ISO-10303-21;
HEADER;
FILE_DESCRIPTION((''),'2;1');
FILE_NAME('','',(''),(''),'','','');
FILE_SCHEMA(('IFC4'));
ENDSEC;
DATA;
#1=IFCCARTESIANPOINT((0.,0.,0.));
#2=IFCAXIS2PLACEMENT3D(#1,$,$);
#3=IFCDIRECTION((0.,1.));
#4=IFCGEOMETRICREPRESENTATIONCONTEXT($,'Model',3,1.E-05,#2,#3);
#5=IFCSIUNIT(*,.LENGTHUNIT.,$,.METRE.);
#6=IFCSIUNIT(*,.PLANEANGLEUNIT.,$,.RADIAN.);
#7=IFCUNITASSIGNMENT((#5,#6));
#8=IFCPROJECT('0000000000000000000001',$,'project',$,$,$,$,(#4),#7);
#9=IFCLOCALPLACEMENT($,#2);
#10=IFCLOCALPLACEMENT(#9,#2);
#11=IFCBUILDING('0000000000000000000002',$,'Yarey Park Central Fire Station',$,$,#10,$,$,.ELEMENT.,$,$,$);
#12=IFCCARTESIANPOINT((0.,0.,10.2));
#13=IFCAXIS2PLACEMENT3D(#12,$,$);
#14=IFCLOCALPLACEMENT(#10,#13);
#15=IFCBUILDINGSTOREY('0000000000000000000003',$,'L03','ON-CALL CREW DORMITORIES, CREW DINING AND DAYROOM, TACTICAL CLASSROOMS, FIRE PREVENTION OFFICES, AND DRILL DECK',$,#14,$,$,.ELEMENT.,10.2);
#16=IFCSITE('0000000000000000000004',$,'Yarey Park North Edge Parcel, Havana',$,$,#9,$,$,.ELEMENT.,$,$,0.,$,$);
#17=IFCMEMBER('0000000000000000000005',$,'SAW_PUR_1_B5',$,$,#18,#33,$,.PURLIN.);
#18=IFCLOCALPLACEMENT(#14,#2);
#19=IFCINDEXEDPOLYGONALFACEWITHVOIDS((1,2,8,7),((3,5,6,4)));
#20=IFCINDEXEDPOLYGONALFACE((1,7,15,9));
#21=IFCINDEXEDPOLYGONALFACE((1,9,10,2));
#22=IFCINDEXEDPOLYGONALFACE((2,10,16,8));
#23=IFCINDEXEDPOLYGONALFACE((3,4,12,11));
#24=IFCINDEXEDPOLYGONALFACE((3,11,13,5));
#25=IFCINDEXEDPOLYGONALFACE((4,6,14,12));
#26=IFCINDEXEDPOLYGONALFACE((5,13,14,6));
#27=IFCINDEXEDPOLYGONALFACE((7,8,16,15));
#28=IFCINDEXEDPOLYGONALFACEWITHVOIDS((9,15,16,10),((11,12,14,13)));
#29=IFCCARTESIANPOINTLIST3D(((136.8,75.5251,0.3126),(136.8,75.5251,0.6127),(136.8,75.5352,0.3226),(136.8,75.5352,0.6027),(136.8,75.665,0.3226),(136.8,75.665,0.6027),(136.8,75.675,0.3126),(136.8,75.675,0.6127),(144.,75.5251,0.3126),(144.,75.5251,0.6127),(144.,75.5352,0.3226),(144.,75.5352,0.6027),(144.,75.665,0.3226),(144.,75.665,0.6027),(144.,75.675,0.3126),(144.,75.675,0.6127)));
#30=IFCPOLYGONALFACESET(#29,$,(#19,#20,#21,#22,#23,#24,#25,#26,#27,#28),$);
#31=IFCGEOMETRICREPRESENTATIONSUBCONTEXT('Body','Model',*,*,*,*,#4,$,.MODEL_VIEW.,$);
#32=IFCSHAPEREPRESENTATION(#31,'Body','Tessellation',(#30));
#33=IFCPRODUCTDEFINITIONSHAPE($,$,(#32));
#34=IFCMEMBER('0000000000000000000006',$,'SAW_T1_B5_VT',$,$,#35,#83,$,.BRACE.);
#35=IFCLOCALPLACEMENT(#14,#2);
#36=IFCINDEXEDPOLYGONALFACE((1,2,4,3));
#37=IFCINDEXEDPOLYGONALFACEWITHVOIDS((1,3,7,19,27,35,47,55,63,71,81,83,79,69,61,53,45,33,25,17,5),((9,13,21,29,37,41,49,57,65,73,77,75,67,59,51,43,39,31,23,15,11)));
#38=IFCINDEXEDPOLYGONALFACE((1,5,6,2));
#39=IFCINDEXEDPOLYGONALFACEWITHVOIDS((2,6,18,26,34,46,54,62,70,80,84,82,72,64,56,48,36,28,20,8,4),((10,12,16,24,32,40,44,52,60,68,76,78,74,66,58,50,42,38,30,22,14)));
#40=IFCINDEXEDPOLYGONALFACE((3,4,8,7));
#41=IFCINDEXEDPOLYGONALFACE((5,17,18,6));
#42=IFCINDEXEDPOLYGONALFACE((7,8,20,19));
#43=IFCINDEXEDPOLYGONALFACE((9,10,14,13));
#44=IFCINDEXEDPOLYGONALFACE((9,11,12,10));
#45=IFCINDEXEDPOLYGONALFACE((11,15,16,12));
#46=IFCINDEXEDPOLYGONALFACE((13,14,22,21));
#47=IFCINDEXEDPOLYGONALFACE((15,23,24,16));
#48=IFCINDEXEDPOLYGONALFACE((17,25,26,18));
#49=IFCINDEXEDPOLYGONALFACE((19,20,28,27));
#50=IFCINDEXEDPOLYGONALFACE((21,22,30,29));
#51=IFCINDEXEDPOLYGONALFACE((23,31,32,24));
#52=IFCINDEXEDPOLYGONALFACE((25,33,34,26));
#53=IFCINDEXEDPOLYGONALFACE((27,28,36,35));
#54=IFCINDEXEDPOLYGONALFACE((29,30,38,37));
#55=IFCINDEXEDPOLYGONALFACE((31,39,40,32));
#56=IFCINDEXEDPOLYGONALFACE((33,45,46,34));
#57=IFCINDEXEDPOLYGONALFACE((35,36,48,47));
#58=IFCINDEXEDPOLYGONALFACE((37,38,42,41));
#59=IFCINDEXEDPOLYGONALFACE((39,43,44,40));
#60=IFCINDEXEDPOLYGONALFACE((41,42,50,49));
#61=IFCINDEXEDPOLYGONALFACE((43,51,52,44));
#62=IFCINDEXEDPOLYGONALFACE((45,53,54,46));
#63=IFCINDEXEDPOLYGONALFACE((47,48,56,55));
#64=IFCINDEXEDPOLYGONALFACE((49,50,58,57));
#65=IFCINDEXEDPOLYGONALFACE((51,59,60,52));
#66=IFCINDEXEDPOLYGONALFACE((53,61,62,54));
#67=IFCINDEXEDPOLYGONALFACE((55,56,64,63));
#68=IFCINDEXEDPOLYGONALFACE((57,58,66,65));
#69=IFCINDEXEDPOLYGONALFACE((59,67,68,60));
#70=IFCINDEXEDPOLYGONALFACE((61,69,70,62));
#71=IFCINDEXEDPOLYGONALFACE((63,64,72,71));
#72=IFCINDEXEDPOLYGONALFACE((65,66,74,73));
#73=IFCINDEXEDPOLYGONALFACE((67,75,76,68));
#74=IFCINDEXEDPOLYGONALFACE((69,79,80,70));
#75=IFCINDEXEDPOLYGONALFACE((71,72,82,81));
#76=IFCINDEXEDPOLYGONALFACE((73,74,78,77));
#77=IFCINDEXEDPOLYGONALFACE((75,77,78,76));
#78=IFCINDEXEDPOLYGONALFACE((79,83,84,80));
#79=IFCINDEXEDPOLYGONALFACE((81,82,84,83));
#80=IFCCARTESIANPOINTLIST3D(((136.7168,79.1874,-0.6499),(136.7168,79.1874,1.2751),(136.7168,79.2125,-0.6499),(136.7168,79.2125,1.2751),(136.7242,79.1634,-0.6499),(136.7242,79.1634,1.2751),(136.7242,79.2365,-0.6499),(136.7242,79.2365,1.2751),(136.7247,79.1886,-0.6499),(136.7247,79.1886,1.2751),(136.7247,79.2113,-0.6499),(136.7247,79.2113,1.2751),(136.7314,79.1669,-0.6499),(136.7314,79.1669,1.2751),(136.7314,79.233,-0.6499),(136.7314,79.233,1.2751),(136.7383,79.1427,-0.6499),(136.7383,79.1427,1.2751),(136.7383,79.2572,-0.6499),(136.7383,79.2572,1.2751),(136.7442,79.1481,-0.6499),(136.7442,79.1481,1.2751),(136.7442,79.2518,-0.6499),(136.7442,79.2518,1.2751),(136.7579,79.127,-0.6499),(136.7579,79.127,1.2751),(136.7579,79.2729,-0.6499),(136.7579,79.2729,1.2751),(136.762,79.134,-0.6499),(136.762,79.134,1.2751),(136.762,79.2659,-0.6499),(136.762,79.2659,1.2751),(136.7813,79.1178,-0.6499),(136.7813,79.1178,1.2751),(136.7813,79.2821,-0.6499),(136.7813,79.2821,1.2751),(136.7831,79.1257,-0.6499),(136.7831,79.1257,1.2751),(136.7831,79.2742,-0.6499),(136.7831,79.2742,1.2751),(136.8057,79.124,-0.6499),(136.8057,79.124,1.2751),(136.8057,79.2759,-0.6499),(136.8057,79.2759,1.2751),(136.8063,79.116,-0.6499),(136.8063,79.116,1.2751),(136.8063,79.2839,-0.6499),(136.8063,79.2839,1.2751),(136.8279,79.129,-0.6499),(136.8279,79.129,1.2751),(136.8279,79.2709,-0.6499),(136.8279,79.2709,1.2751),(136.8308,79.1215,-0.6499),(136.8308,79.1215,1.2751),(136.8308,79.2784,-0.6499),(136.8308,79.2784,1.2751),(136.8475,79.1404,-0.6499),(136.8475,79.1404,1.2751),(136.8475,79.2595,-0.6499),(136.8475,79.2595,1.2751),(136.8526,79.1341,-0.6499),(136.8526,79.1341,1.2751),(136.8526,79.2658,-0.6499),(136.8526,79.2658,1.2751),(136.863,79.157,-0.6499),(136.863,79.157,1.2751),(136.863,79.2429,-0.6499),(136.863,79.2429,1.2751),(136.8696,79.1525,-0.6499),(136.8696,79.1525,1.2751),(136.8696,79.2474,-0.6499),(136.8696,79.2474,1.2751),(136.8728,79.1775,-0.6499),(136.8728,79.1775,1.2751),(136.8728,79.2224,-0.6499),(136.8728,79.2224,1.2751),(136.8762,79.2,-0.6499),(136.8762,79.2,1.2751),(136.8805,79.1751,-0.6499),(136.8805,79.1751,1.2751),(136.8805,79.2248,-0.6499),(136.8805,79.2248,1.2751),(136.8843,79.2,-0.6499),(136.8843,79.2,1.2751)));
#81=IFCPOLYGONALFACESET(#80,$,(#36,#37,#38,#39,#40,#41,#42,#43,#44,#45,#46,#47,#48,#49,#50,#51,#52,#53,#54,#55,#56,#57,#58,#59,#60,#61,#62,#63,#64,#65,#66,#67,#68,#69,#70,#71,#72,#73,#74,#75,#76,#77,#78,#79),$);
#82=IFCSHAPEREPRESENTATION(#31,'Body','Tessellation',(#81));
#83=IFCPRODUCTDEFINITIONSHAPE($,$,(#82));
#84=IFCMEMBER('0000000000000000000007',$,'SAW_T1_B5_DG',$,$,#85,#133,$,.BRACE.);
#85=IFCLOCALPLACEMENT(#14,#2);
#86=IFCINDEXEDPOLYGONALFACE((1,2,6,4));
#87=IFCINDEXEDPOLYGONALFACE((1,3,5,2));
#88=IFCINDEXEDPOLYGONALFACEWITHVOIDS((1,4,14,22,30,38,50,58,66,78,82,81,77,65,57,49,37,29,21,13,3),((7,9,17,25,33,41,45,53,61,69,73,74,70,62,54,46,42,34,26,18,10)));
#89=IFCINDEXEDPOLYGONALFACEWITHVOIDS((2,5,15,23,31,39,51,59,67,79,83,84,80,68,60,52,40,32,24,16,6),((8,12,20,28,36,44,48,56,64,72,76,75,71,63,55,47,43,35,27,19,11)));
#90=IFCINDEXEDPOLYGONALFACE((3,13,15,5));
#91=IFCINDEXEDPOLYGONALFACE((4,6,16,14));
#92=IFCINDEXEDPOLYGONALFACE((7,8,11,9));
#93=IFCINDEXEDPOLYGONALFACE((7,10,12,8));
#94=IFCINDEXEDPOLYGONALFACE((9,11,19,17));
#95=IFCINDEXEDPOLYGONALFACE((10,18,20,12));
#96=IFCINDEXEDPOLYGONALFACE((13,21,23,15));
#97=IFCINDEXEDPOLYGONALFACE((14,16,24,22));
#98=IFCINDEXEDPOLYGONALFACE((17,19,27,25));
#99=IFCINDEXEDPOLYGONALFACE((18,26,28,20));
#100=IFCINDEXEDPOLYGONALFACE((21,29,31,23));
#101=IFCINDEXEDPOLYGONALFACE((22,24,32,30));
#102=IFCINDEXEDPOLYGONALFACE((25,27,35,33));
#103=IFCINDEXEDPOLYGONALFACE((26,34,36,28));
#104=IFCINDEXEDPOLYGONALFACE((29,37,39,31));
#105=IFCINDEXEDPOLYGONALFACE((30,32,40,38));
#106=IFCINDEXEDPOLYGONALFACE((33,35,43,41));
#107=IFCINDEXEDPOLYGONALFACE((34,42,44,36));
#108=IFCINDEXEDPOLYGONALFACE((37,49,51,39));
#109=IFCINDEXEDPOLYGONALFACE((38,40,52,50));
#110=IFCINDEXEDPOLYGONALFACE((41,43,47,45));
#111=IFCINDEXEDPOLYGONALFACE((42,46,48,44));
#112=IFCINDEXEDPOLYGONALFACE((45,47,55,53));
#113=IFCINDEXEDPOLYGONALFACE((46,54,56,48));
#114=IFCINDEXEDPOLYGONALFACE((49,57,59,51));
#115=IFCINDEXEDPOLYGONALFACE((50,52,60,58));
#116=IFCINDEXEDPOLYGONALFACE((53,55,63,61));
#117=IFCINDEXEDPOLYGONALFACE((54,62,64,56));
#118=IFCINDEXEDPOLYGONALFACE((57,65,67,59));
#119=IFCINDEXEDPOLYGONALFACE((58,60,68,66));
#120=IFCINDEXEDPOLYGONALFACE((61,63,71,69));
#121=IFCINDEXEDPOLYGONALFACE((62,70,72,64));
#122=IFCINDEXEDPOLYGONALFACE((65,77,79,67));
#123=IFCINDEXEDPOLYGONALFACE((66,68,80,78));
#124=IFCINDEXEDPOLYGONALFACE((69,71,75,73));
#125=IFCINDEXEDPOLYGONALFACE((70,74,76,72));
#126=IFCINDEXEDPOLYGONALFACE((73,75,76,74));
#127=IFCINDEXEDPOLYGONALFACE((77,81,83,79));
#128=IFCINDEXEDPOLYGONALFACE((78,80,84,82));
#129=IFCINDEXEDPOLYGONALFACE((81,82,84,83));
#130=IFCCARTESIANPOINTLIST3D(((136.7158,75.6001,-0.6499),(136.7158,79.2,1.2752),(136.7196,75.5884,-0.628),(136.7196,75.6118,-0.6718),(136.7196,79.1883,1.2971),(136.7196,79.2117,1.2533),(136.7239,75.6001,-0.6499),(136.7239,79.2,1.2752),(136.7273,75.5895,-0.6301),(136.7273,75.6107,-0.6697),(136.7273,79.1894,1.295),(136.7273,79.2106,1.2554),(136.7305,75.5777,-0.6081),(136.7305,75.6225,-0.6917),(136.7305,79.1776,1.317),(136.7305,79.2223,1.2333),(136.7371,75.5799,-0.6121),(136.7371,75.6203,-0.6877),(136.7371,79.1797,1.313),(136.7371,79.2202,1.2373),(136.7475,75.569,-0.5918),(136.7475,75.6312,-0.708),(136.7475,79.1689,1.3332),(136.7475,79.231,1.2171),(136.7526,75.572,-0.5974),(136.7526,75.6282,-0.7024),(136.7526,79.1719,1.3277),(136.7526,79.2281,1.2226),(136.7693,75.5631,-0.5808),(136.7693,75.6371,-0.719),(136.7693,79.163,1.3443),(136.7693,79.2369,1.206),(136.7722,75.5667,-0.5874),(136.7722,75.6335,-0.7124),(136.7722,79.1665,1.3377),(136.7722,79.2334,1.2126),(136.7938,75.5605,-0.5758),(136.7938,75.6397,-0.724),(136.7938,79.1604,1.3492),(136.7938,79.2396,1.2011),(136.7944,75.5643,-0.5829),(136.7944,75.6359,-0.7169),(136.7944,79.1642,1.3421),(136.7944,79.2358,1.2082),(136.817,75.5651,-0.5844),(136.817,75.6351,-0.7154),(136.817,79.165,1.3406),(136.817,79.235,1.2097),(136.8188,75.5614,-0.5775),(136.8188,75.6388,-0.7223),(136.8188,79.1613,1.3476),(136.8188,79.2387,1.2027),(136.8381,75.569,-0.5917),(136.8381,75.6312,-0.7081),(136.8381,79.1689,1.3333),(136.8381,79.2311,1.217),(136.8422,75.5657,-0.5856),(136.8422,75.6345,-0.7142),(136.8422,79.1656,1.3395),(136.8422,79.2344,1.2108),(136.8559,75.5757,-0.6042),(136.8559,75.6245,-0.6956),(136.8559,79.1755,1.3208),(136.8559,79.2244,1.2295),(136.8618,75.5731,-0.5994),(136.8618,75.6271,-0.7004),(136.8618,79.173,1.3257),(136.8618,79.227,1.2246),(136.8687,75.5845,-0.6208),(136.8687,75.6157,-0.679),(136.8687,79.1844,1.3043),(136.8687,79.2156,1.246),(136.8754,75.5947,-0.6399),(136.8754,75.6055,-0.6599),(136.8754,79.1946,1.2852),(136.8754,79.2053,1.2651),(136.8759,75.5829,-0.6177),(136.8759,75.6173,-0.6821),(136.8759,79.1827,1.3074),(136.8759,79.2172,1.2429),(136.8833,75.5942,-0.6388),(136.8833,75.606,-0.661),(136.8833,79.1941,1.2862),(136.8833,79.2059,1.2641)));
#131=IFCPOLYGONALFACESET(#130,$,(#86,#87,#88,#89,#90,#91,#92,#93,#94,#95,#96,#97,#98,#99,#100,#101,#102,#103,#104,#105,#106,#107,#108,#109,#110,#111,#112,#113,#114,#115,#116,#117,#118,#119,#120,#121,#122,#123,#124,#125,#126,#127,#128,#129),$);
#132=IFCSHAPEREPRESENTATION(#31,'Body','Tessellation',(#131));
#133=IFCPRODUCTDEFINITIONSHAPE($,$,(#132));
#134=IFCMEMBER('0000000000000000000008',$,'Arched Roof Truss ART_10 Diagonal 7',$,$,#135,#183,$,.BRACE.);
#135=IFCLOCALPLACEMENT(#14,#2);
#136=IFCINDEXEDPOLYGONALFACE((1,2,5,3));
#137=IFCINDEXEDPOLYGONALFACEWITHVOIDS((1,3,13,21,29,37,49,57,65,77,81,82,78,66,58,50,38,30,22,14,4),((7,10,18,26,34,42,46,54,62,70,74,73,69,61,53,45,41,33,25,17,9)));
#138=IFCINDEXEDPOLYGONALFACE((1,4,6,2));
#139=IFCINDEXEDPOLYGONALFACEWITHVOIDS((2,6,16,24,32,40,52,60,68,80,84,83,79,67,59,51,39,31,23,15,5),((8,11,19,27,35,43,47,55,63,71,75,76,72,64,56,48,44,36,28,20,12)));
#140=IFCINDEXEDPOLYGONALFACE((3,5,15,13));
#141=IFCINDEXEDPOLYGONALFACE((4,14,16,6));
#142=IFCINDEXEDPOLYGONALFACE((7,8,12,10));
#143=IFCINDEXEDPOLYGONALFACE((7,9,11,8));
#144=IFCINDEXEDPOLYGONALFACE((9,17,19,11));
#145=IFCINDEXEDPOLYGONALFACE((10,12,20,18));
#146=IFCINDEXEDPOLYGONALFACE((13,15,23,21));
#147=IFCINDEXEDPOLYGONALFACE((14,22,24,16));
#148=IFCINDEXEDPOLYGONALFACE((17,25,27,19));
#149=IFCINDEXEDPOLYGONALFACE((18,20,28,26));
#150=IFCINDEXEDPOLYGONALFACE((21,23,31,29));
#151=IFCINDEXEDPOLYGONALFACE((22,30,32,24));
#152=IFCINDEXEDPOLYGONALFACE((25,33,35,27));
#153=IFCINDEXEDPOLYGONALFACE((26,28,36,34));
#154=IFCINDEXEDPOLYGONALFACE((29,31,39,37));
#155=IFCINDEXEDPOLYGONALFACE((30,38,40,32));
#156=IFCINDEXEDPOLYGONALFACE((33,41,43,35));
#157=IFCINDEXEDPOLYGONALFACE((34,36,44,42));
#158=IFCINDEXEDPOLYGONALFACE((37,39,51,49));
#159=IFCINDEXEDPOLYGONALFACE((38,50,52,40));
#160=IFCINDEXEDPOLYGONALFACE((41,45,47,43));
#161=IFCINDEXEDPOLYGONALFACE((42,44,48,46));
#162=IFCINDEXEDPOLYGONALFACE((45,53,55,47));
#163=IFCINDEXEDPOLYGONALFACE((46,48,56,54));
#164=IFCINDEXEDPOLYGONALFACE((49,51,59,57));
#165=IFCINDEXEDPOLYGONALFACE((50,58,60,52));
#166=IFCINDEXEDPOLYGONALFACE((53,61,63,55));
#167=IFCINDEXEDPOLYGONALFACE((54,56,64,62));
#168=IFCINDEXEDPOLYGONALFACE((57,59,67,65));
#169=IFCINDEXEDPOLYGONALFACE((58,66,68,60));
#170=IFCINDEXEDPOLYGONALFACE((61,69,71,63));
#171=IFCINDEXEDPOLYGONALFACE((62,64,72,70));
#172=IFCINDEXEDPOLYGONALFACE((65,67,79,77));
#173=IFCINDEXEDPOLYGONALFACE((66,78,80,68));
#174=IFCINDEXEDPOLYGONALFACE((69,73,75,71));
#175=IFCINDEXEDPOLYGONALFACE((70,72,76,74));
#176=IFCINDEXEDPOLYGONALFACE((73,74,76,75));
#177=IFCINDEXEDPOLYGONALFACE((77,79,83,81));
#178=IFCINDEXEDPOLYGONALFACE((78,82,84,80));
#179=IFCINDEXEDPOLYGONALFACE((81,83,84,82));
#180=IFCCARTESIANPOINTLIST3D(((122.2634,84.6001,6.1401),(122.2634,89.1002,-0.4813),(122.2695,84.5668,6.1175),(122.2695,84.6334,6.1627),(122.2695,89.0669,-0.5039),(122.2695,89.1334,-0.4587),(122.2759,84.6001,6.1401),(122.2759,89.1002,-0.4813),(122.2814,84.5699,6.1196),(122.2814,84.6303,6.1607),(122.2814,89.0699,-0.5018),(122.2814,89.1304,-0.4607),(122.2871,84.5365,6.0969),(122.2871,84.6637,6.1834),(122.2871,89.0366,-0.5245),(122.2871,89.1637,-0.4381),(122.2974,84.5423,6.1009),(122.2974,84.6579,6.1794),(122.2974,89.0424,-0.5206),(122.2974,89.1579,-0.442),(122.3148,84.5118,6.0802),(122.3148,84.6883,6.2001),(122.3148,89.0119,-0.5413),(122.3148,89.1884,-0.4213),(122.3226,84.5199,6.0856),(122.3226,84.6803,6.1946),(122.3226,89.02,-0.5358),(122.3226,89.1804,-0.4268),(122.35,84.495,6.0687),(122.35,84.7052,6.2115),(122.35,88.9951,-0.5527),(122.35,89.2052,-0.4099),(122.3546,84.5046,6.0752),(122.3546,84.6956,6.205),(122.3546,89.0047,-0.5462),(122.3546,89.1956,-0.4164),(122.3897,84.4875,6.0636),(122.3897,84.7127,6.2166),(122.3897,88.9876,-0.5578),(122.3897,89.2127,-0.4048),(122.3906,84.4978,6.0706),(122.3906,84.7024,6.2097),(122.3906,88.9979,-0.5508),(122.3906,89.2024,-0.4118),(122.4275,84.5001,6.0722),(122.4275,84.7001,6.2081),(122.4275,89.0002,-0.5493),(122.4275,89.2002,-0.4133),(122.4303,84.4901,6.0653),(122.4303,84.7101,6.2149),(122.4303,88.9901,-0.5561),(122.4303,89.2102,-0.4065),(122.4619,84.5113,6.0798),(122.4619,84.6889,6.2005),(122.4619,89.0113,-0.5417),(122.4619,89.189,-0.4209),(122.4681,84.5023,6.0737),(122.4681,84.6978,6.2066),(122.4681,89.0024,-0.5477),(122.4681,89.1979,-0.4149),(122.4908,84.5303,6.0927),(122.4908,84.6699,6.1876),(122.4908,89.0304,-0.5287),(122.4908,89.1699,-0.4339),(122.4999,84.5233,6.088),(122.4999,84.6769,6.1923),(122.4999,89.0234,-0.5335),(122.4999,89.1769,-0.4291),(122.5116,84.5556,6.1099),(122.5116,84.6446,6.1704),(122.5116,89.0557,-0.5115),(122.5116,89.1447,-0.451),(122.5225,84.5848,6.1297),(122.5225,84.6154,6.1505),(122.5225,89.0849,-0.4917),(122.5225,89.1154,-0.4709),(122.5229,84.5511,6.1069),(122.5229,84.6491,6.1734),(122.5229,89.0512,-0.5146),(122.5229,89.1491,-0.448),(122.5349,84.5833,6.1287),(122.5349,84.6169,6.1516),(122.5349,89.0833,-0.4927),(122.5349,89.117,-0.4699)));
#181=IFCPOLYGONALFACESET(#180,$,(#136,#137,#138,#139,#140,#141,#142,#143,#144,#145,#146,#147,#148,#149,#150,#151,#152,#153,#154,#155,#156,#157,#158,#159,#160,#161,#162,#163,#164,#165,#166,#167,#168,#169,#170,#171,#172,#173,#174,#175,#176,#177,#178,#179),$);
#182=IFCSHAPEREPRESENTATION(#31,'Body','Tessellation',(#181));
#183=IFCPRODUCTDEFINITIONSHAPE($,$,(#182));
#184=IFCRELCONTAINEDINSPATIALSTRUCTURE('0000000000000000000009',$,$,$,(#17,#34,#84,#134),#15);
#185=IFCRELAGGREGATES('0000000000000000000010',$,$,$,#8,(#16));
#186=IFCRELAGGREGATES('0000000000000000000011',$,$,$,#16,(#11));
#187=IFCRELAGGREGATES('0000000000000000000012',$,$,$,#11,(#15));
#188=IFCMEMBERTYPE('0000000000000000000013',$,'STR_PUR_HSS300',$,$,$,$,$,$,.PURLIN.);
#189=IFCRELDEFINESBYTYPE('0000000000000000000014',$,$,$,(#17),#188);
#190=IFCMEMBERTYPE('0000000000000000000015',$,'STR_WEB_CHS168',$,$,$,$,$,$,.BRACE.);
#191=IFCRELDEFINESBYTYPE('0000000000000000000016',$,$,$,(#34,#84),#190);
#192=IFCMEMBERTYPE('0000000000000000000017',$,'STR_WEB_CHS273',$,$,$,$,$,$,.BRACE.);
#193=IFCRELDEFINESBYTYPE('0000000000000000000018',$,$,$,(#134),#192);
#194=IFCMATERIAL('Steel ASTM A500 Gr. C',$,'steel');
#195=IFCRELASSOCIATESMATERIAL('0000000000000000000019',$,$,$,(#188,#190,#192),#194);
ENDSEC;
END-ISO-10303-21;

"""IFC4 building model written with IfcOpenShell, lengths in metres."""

from ifc_helpers import new_model, si_unit, direction, frame, origin, origin_2d, place, context, subcontext, project, spatial, hollow_rectangle, hollow_circle, extrude, material, material_profile, profile_set, type_object, element, save


model = new_model("IFC4")

# Units and contexts
model_context = context("Model", 3, precision=1e-05, world=origin(), true_north=direction((0.0, 1.0)))
body_context = subcontext(model_context, "Body", "Model", "MODEL_VIEW")
ifc_project = project(units=[si_unit("LENGTHUNIT", "METRE"), si_unit("PLANEANGLEUNIT", "RADIAN")], contexts=[model_context])

# Site, building, storey
site_placement = place(None, origin())
site = spatial("IfcSite", under=ifc_project, at=site_placement, Name="Yarey Park North Edge Parcel, Havana", CompositionType="ELEMENT", RefElevation=0.0)
building_placement = place(site_placement, origin())
building = spatial("IfcBuilding", under=site, at=building_placement, Name="Yarey Park Central Fire Station", CompositionType="ELEMENT")
storey_placement = place(building_placement, frame((0.0, 0.0, 10.2)))
storey = spatial("IfcBuildingStorey", under=building, at=storey_placement, Name="L03", Description="ON-CALL CREW DORMITORIES, CREW DINING AND DAYROOM, TACTICAL CLASSROOMS, FIRE PREVENTION OFFICES, AND DRILL DECK", CompositionType="ELEMENT", Elevation=10.2)

# Members
ifc_material_1 = material(Name="Steel ASTM A500 Gr. C", Category="steel")
ifc_material_profile_1 = material_profile(ifc_material_1, hollow_rectangle(XDim=0.1499, YDim=0.3, WallThickness=0.01, at=origin_2d()), Name="HSS 300x150x10")
ifc_profile_set_1 = profile_set([ifc_material_profile_1], Name="Steel ASTM A500 Gr. C")
member_type_1 = type_object("IfcMemberType", Name="STR_PUR_HSS300", PredefinedType="PURLIN", material=ifc_profile_set_1)
member_1_placement = place(storey_placement, frame((136.8, 75.6001, 0.4626), z_axis=(1.0, 0.0, 0.0), x_axis=(0.0, 1.0, 0.0)))
element("IfcMember", 1, at=member_1_placement, inside=storey, type_object=member_type_1, Name="SAW_PUR_1_B5", PredefinedType="PURLIN", context=body_context, shape_type="SweptSolid", body=[
    extrude(hollow_rectangle(XDim=0.1499, YDim=0.3, WallThickness=0.01, at=origin_2d()), origin(), (0.0, 0.0, 1.0), 7.2),
])
ifc_material_profile_2 = material_profile(ifc_material_1, hollow_circle(Radius=0.0842, WallThickness=0.0081, at=origin_2d()), Name="CHS 168.3x8")
ifc_profile_set_2 = profile_set([ifc_material_profile_2], Name="Steel ASTM A500 Gr. C")
member_type_2 = type_object("IfcMemberType", Name="STR_WEB_CHS168", PredefinedType="BRACE", material=ifc_profile_set_2)
member_2_placement = place(storey_placement, frame((136.8, 79.2, -0.6499), z_axis=(0.0, 0.0, 1.0), x_axis=(1.0, 0.0, 0.0)))
element("IfcMember", 2, at=member_2_placement, inside=storey, type_object=member_type_2, Name="SAW_T1_B5_VT", PredefinedType="BRACE", context=body_context, shape_type="SweptSolid", body=[
    extrude(hollow_circle(Radius=0.0842, WallThickness=0.0081, at=origin_2d()), origin(), (0.0, 0.0, 1.0), 1.925),
])
member_3_placement = place(storey_placement, frame((136.8, 75.6001, -0.6499), z_axis=(0.0, 0.881831, 0.471566), x_axis=(-1.0, 0.0, 0.0)))
element("IfcMember", 3, at=member_3_placement, inside=storey, type_object=member_type_2, Name="SAW_T1_B5_DG", PredefinedType="BRACE", context=body_context, shape_type="SweptSolid", body=[
    extrude(hollow_circle(Radius=0.0842, WallThickness=0.0081, at=origin_2d()), origin(), (0.0, 0.0, 1.0), 4.0823),
])
ifc_material_profile_3 = material_profile(ifc_material_1, hollow_circle(Radius=0.1365, WallThickness=0.0125, at=origin_2d()), Name="CHS 273x12.5")
ifc_profile_set_3 = profile_set([ifc_material_profile_3], Name="Steel ASTM A500 Gr. C")
member_type_3 = type_object("IfcMemberType", Name="STR_WEB_CHS273", PredefinedType="BRACE", material=ifc_profile_set_3)
member_4_placement = place(storey_placement, frame((122.3999, 84.6001, 6.1401), z_axis=(0.0, 0.562096, -0.827072), x_axis=(-1.0, 0.0, 0.0)))
element("IfcMember", 4, at=member_4_placement, inside=storey, type_object=member_type_3, Name="Arched Roof Truss ART_10 Diagonal 7", PredefinedType="BRACE", context=body_context, shape_type="SweptSolid", body=[
    extrude(hollow_circle(Radius=0.1365, WallThickness=0.0125, at=origin_2d()), origin(), (0.0, 0.0, 1.0), 8.0059),
])

save(model, "model.ifc")
